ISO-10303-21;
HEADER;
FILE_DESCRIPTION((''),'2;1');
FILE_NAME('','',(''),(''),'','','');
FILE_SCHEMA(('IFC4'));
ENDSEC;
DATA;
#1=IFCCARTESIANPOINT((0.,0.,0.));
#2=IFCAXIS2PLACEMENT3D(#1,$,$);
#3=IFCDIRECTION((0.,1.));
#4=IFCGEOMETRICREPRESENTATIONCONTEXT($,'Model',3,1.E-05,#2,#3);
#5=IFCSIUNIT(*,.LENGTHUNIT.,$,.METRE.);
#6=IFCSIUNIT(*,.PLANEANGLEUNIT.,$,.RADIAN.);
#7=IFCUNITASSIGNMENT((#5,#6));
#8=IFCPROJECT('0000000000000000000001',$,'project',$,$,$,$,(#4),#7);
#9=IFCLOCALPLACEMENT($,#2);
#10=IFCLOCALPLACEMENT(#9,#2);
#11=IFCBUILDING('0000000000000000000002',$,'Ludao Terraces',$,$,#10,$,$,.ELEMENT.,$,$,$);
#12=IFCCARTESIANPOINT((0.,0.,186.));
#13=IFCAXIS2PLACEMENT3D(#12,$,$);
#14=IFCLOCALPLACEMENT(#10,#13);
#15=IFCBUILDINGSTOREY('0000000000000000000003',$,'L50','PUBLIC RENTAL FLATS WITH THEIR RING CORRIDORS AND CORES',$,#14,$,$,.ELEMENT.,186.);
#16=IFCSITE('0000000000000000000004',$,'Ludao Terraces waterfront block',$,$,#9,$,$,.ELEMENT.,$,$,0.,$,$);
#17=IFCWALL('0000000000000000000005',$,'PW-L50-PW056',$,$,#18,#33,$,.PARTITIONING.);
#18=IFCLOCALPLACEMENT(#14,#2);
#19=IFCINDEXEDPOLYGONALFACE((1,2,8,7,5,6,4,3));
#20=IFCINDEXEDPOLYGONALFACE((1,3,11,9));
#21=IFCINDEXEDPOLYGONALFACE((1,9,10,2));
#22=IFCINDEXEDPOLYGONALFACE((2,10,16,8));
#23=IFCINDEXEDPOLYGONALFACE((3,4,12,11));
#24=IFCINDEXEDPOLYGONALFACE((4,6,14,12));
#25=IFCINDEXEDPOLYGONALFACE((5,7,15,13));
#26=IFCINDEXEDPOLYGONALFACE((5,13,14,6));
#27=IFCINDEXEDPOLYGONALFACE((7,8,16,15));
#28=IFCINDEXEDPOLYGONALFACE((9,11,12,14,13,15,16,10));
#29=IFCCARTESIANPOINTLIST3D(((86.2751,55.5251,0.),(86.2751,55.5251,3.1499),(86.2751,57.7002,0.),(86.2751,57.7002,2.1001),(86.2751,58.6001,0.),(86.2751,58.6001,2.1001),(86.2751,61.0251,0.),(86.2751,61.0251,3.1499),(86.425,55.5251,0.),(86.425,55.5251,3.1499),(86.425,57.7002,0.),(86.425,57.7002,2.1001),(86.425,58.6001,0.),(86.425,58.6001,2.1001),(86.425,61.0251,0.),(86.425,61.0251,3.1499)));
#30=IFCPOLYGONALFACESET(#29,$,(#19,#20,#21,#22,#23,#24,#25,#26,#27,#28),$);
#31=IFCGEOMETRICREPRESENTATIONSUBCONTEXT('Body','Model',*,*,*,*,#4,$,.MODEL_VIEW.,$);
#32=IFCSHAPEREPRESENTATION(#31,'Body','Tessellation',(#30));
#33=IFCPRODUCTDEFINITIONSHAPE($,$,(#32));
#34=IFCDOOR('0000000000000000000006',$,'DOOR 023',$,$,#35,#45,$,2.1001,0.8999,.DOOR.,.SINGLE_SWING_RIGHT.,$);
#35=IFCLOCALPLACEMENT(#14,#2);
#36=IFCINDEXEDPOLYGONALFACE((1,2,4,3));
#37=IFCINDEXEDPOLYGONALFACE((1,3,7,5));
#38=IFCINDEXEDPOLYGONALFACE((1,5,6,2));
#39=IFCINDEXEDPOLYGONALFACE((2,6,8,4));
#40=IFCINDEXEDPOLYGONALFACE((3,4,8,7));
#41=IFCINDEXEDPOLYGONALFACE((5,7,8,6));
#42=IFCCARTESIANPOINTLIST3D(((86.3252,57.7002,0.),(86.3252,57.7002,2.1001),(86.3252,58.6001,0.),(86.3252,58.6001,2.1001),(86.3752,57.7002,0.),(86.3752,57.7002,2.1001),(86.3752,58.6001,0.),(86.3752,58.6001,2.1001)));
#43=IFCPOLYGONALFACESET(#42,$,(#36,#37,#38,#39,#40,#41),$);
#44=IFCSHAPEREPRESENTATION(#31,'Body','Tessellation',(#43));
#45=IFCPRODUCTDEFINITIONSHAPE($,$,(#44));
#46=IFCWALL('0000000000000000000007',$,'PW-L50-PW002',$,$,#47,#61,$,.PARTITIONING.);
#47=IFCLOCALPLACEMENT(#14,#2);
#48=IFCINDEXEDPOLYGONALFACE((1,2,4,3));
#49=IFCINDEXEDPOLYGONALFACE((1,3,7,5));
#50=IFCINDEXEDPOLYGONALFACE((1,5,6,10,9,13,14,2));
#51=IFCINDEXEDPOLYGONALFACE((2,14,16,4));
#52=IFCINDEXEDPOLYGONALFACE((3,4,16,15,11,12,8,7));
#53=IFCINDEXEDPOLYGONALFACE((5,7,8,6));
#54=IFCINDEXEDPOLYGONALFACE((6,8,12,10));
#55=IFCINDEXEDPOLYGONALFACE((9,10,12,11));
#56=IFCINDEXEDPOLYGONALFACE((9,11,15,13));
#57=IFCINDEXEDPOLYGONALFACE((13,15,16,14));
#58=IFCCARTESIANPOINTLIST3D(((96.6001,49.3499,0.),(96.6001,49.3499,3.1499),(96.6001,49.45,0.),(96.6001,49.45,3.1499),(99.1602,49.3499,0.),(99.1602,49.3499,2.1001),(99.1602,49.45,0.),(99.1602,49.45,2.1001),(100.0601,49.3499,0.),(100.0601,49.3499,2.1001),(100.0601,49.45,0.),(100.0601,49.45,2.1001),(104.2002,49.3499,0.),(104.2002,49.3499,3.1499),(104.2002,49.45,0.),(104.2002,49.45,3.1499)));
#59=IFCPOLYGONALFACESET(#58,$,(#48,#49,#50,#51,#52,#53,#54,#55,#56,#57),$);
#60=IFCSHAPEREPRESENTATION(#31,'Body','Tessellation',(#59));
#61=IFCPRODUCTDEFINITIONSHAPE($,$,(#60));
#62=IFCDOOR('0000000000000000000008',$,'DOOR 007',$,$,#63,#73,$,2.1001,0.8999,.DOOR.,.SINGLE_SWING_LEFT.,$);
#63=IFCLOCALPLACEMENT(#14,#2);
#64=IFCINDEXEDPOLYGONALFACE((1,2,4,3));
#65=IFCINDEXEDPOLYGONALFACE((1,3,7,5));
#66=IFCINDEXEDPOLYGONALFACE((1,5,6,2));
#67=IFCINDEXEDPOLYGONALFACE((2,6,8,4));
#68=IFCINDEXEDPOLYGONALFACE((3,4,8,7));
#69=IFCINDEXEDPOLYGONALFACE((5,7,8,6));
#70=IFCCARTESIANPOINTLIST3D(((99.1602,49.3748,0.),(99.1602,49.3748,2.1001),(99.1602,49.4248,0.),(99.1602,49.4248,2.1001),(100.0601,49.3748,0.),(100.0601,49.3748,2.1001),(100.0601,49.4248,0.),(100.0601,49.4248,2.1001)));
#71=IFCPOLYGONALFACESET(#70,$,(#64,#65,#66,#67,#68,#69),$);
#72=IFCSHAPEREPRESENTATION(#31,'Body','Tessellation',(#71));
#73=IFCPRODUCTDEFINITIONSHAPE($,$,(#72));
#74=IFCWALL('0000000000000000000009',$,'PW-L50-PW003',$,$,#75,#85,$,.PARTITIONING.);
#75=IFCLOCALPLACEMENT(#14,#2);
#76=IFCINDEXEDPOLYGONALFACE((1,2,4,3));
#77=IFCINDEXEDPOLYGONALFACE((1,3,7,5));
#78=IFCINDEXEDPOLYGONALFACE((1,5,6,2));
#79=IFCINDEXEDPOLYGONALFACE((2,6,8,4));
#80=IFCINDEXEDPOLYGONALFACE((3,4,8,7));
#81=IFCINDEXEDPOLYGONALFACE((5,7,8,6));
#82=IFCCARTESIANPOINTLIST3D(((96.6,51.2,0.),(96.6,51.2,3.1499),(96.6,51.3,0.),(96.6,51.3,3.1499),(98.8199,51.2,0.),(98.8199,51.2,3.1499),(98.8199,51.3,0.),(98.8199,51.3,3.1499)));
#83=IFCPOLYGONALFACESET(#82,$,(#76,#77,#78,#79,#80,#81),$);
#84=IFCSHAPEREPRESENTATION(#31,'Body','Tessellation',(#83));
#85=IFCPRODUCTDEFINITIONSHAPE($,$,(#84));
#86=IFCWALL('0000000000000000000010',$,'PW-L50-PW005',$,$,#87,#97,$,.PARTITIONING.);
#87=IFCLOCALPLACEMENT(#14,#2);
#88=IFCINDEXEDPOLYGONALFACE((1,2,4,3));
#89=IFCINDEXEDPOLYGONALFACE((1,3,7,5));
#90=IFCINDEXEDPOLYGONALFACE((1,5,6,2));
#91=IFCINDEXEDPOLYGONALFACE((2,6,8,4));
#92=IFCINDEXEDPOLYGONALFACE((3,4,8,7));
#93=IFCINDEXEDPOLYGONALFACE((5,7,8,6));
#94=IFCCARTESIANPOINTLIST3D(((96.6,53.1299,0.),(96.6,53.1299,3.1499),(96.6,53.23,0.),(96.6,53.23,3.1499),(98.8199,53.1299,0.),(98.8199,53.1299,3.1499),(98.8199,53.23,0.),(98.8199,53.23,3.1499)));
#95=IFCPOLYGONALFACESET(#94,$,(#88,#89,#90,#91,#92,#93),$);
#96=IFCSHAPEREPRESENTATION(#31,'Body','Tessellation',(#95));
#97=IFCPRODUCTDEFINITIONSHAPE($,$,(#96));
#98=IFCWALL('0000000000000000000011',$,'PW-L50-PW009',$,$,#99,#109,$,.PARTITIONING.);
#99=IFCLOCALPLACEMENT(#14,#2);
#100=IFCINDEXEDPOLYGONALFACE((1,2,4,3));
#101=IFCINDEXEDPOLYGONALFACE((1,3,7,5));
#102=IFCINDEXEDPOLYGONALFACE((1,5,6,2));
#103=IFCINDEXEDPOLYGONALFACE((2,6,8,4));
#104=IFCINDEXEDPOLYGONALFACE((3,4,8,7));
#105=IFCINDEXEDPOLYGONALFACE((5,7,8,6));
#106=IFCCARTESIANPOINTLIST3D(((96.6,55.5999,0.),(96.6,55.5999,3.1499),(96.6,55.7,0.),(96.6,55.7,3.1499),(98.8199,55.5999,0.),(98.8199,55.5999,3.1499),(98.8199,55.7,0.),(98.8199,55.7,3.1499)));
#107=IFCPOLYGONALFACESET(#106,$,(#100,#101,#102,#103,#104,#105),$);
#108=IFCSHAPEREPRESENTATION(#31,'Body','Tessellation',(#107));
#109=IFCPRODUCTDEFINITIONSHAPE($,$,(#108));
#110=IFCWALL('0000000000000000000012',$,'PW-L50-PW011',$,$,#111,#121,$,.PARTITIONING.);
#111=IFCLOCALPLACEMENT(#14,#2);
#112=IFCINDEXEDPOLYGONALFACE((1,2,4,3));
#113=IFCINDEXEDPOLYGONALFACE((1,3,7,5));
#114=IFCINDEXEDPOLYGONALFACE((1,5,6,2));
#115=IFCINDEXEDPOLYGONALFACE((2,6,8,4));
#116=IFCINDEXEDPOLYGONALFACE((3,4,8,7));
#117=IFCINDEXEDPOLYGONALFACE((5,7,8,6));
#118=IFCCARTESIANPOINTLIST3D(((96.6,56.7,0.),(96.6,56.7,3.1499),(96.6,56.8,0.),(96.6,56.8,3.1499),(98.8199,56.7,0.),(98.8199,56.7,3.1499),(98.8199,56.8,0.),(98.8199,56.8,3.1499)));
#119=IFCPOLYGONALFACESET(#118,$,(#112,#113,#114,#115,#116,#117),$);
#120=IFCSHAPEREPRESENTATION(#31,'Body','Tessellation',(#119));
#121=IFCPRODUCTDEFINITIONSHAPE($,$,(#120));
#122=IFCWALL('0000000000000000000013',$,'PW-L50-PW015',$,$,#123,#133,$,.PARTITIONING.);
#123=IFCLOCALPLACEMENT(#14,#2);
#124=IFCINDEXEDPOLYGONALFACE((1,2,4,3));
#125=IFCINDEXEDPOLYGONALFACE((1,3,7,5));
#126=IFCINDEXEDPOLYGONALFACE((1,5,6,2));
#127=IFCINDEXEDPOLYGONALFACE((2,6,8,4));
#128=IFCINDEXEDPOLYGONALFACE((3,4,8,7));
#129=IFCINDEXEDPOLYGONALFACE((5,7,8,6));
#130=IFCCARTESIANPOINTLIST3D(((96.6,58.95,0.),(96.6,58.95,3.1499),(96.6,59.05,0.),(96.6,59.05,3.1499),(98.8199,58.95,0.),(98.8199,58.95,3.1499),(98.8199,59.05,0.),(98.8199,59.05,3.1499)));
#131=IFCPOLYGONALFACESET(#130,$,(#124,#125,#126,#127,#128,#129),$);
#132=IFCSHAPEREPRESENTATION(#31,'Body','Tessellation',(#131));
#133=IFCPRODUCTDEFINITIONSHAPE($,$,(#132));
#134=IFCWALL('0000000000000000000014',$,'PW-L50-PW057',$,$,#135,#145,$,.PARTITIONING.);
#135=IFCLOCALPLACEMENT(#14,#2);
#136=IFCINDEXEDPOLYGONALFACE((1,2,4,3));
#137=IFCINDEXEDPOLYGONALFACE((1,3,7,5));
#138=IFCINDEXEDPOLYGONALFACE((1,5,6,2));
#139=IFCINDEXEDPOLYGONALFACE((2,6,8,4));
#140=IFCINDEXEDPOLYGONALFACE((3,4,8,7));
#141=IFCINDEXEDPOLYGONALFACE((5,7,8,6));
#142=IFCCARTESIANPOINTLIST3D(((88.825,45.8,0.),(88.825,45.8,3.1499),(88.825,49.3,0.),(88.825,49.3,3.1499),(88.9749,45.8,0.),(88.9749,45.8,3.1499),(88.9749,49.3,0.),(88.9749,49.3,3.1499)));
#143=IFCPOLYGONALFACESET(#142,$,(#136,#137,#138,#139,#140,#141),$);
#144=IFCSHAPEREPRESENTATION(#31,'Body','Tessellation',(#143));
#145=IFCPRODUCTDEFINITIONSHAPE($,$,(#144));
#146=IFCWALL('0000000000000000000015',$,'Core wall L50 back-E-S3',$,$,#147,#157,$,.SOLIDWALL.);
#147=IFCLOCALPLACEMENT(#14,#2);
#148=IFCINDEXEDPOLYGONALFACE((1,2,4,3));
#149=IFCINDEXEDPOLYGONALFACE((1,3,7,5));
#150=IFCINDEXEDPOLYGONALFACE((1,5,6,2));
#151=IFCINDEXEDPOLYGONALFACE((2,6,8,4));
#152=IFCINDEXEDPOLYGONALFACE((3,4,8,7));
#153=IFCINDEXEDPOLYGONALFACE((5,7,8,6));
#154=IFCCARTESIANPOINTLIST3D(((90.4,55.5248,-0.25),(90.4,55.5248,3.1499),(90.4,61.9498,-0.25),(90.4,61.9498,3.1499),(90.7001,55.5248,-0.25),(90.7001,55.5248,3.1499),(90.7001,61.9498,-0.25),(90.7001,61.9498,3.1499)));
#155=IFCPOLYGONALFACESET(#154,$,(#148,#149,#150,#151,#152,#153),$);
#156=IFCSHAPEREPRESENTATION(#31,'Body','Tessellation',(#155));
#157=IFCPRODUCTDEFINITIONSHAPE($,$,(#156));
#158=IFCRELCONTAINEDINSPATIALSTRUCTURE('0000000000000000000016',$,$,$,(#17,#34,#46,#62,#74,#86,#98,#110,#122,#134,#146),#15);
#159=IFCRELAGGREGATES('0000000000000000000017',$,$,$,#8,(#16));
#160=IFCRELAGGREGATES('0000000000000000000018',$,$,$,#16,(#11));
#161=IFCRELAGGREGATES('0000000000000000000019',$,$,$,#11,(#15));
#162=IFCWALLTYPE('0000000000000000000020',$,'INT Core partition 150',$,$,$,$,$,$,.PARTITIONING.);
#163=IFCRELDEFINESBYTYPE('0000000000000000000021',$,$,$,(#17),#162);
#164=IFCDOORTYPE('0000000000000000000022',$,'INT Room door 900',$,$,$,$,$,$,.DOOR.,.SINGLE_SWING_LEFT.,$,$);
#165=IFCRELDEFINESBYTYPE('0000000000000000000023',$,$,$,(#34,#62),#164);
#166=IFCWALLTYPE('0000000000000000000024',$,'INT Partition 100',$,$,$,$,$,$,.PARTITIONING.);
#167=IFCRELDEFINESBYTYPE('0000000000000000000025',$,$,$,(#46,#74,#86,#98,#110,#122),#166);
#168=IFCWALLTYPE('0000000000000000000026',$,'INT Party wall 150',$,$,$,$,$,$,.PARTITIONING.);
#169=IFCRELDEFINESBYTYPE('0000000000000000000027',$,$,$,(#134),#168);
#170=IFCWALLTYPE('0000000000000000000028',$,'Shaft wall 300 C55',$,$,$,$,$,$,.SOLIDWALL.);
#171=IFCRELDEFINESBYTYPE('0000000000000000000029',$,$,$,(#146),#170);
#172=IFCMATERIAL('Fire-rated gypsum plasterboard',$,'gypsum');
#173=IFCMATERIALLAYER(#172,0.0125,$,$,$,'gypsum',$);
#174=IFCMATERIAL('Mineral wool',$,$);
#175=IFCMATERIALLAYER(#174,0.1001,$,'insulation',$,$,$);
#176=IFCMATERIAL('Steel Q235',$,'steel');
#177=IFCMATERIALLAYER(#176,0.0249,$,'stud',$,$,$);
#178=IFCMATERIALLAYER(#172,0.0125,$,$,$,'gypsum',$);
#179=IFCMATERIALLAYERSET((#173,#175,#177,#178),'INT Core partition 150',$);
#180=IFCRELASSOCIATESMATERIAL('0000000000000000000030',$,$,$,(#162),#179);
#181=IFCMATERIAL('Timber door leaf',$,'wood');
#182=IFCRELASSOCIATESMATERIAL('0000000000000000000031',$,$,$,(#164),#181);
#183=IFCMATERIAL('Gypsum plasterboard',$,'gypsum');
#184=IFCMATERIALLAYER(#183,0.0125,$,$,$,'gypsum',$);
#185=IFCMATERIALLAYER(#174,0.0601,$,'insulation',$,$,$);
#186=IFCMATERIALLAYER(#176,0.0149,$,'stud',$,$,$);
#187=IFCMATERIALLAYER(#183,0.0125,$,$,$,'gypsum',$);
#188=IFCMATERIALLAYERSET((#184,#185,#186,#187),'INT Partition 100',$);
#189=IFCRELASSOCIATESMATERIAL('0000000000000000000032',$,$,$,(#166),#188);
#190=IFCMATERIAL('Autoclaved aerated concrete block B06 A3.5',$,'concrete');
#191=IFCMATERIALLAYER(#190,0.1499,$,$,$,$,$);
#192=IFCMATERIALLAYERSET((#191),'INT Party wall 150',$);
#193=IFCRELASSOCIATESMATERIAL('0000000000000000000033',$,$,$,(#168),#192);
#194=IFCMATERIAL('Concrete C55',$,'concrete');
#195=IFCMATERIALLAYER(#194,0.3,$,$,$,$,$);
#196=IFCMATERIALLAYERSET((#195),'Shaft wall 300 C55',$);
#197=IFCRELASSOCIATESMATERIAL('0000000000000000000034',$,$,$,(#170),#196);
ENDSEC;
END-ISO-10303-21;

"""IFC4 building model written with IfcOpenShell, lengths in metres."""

from ifc_helpers import new_model, si_unit, direction, frame, frame_2d, origin, place, context, subcontext, project, spatial, rectangle, extrude, material, layer, layer_set, type_object, element, fill, save


model = new_model("IFC4")

# Units and contexts
model_context = context("Model", 3, precision=1e-05, world=origin(), true_north=direction((0.0, 1.0)))
body_context = subcontext(model_context, "Body", "Model", "MODEL_VIEW")
ifc_project = project(units=[si_unit("LENGTHUNIT", "METRE"), si_unit("PLANEANGLEUNIT", "RADIAN")], contexts=[model_context])

# Site, building, storey
site_placement = place(None, origin())
site = spatial("IfcSite", under=ifc_project, at=site_placement, Name="Ludao Terraces waterfront block", CompositionType="ELEMENT", RefElevation=0.0)
building_placement = place(site_placement, origin())
building = spatial("IfcBuilding", under=site, at=building_placement, Name="Ludao Terraces", CompositionType="ELEMENT")
storey_placement = place(building_placement, frame((0.0, 0.0, 186.0)))
storey = spatial("IfcBuildingStorey", under=building, at=storey_placement, Name="L50", Description="PUBLIC RENTAL FLATS WITH THEIR RING CORRIDORS AND CORES", CompositionType="ELEMENT", Elevation=186.0)

# Shared definitions
ifc_material_1 = material(Name="Steel Q235", Category="steel")

# Shared definitions
ifc_material_2 = material(Name="Mineral wool")

# Walls, openings, doors
ifc_material_3 = material(Name="Fire-rated gypsum plasterboard", Category="gypsum")
ifc_layer_1 = layer(ifc_material_3, 0.0125, Category="gypsum")
ifc_layer_2 = layer(ifc_material_2, 0.1001, Name="insulation")
ifc_layer_3 = layer(ifc_material_1, 0.0249, Name="stud")
ifc_layer_4 = layer(ifc_material_3, 0.0125, Category="gypsum")
ifc_layer_set_1 = layer_set([ifc_layer_1, ifc_layer_2, ifc_layer_3, ifc_layer_4], Name="INT Core partition 150")
wall_type_1 = type_object("IfcWallType", Name="INT Core partition 150", PredefinedType="PARTITIONING", material=ifc_layer_set_1)
wall_1_placement = place(storey_placement, frame((86.3501, 55.5251, 0.0), z_axis=(0.0, 0.0, 1.0), x_axis=(0.0, 1.0, 0.0)))
wall_1 = element("IfcWall", 1, at=wall_1_placement, inside=storey, type_object=wall_type_1, Name="PW-L50-PW056", PredefinedType="PARTITIONING", context=body_context, shape_type="SweptSolid", body=[
    extrude(rectangle(XDim=5.5, YDim=0.1499, at=frame_2d((2.75, 0.0))), origin(), (0.0, 0.0, 1.0), 3.1499),
])
opening_1_placement = place(wall_1_placement, frame((2.175, 0.0, 0.0)))
opening_1 = element("IfcOpeningElement", 2, at=opening_1_placement, cuts=wall_1, PredefinedType="OPENING", context=body_context, shape_type="SweptSolid", body=[
    extrude(rectangle(XDim=0.8999, YDim=2.1001, at=frame_2d((0.45, 1.05))), frame((0.0, 0.085, 0.0), z_axis=(0.0, -1.0, 0.0), x_axis=(1.0, 0.0, 0.0)), (0.0, 0.0, 1.0), 0.1699),
])
ifc_material_4 = material(Name="Timber door leaf", Category="wood")
door_type_1 = type_object("IfcDoorType", Name="INT Room door 900", OperationType="SINGLE_SWING_LEFT", PredefinedType="DOOR", material=ifc_material_4)
door_1_placement = place(opening_1_placement, origin())
door_1 = element("IfcDoor", 3, at=door_1_placement, inside=storey, type_object=door_type_1, Name="DOOR 023", OperationType="SINGLE_SWING_RIGHT", OverallHeight=2.1001, OverallWidth=0.8999, PredefinedType="DOOR", context=body_context, shape_type="SweptSolid", body=[
    extrude(rectangle(XDim=0.8999, YDim=2.1001, at=frame_2d((0.45, 1.05))), frame((0.0, 0.0249, 0.0), z_axis=(0.0, -1.0, 0.0), x_axis=(1.0, 0.0, 0.0)), (0.0, 0.0, 1.0), 0.05),
])
fill(opening_1, door_1)
ifc_material_5 = material(Name="Gypsum plasterboard", Category="gypsum")
ifc_layer_5 = layer(ifc_material_5, 0.0125, Category="gypsum")
ifc_layer_6 = layer(ifc_material_2, 0.0601, Name="insulation")
ifc_layer_7 = layer(ifc_material_1, 0.0149, Name="stud")
ifc_layer_8 = layer(ifc_material_5, 0.0125, Category="gypsum")
ifc_layer_set_2 = layer_set([ifc_layer_5, ifc_layer_6, ifc_layer_7, ifc_layer_8], Name="INT Partition 100")
wall_type_2 = type_object("IfcWallType", Name="INT Partition 100", PredefinedType="PARTITIONING", material=ifc_layer_set_2)
wall_2_placement = place(storey_placement, frame((96.6001, 49.3999, 0.0), z_axis=(0.0, 0.0, 1.0), x_axis=(1.0, 0.0, 0.0)))
wall_2 = element("IfcWall", 4, at=wall_2_placement, inside=storey, type_object=wall_type_2, Name="PW-L50-PW002", PredefinedType="PARTITIONING", context=body_context, shape_type="SweptSolid", body=[
    extrude(rectangle(XDim=7.6001, YDim=0.1001, at=frame_2d((3.8, 0.0))), origin(), (0.0, 0.0, 1.0), 3.1499),
])
opening_2_placement = place(wall_2_placement, frame((2.5601, 0.0, 0.0)))
opening_2 = element("IfcOpeningElement", 5, at=opening_2_placement, cuts=wall_2, PredefinedType="OPENING", context=body_context, shape_type="SweptSolid", body=[
    extrude(rectangle(XDim=0.8999, YDim=2.1001, at=frame_2d((0.45, 1.05))), frame((0.0, 0.0601, 0.0), z_axis=(0.0, -1.0, 0.0), x_axis=(1.0, 0.0, 0.0)), (0.0, 0.0, 1.0), 0.1201),
])
door_2_placement = place(opening_2_placement, origin())
door_2 = element("IfcDoor", 6, at=door_2_placement, inside=storey, type_object=door_type_1, Name="DOOR 007", OperationType="SINGLE_SWING_LEFT", OverallHeight=2.1001, OverallWidth=0.8999, PredefinedType="DOOR", context=body_context, shape_type="SweptSolid", body=[
    extrude(rectangle(XDim=0.8999, YDim=2.1001, at=frame_2d((0.45, 1.05))), frame((0.0, 0.0249, 0.0), z_axis=(0.0, -1.0, 0.0), x_axis=(1.0, 0.0, 0.0)), (0.0, 0.0, 1.0), 0.05),
])
fill(opening_2, door_2)

# Walls
for number, where, z_axis, x_axis, name in (
    (7, (96.6001, 51.25, 0.0), (0.0, 0.0, 1.0), (1.0, 0.0, 0.0), "PW-L50-PW003"),
    (8, (96.6001, 53.1799, 0.0), (0.0, 0.0, 1.0), (1.0, 0.0, 0.0), "PW-L50-PW005"),
    (9, (96.6001, 55.6499, 0.0), (0.0, 0.0, 1.0), (1.0, 0.0, 0.0), "PW-L50-PW009"),
    (10, (96.6001, 56.75, 0.0), (0.0, 0.0, 1.0), (1.0, 0.0, 0.0), "PW-L50-PW011"),
    (11, (96.6001, 59.0, 0.0), (0.0, 0.0, 1.0), (1.0, 0.0, 0.0), "PW-L50-PW015"),
):
    element("IfcWall", number, at=place(storey_placement, frame(where, z_axis=z_axis, x_axis=x_axis)), inside=storey, type_object=wall_type_2, Name=name, PredefinedType="PARTITIONING", context=body_context, shape_type="SweptSolid", body=[
        extrude(rectangle(XDim=2.22, YDim=0.1001, at=frame_2d((1.1099, 0.0))), origin(), (0.0, 0.0, 1.0), 3.1499),
    ])
ifc_material_6 = material(Name="Autoclaved aerated concrete block B06 A3.5", Category="concrete")
ifc_layer_9 = layer(ifc_material_6, 0.1499)
ifc_layer_set_3 = layer_set([ifc_layer_9], Name="INT Party wall 150")
wall_type_3 = type_object("IfcWallType", Name="INT Party wall 150", PredefinedType="PARTITIONING", material=ifc_layer_set_3)
wall_3_placement = place(storey_placement, frame((88.8999, 45.8, 0.0), z_axis=(0.0, 0.0, 1.0), x_axis=(0.0, 1.0, 0.0)))
element("IfcWall", 12, at=wall_3_placement, inside=storey, type_object=wall_type_3, Name="PW-L50-PW057", PredefinedType="PARTITIONING", context=body_context, shape_type="SweptSolid", body=[
    extrude(rectangle(XDim=3.5, YDim=0.1499, at=frame_2d((1.75, 0.0))), origin(), (0.0, 0.0, 1.0), 3.1499),
])
ifc_material_7 = material(Name="Concrete C55", Category="concrete")
ifc_layer_10 = layer(ifc_material_7, 0.3)
ifc_layer_set_4 = layer_set([ifc_layer_10], Name="Shaft wall 300 C55")
wall_type_4 = type_object("IfcWallType", Name="Shaft wall 300 C55", PredefinedType="SOLIDWALL", material=ifc_layer_set_4)
wall_4_placement = place(storey_placement, frame((90.55, 55.5249, -0.25), z_axis=(0.0, 0.0, 1.0), x_axis=(0.0, 1.0, 0.0)))
element("IfcWall", 13, at=wall_4_placement, inside=storey, type_object=wall_type_4, Name="Core wall L50 back-E-S3", PredefinedType="SOLIDWALL", context=body_context, shape_type="SweptSolid", body=[
    extrude(rectangle(XDim=6.425, YDim=0.3, at=frame_2d((3.2124, 0.0))), origin(), (0.0, 0.0, 1.0), 3.3999),
])

save(model, "model.ifc")
